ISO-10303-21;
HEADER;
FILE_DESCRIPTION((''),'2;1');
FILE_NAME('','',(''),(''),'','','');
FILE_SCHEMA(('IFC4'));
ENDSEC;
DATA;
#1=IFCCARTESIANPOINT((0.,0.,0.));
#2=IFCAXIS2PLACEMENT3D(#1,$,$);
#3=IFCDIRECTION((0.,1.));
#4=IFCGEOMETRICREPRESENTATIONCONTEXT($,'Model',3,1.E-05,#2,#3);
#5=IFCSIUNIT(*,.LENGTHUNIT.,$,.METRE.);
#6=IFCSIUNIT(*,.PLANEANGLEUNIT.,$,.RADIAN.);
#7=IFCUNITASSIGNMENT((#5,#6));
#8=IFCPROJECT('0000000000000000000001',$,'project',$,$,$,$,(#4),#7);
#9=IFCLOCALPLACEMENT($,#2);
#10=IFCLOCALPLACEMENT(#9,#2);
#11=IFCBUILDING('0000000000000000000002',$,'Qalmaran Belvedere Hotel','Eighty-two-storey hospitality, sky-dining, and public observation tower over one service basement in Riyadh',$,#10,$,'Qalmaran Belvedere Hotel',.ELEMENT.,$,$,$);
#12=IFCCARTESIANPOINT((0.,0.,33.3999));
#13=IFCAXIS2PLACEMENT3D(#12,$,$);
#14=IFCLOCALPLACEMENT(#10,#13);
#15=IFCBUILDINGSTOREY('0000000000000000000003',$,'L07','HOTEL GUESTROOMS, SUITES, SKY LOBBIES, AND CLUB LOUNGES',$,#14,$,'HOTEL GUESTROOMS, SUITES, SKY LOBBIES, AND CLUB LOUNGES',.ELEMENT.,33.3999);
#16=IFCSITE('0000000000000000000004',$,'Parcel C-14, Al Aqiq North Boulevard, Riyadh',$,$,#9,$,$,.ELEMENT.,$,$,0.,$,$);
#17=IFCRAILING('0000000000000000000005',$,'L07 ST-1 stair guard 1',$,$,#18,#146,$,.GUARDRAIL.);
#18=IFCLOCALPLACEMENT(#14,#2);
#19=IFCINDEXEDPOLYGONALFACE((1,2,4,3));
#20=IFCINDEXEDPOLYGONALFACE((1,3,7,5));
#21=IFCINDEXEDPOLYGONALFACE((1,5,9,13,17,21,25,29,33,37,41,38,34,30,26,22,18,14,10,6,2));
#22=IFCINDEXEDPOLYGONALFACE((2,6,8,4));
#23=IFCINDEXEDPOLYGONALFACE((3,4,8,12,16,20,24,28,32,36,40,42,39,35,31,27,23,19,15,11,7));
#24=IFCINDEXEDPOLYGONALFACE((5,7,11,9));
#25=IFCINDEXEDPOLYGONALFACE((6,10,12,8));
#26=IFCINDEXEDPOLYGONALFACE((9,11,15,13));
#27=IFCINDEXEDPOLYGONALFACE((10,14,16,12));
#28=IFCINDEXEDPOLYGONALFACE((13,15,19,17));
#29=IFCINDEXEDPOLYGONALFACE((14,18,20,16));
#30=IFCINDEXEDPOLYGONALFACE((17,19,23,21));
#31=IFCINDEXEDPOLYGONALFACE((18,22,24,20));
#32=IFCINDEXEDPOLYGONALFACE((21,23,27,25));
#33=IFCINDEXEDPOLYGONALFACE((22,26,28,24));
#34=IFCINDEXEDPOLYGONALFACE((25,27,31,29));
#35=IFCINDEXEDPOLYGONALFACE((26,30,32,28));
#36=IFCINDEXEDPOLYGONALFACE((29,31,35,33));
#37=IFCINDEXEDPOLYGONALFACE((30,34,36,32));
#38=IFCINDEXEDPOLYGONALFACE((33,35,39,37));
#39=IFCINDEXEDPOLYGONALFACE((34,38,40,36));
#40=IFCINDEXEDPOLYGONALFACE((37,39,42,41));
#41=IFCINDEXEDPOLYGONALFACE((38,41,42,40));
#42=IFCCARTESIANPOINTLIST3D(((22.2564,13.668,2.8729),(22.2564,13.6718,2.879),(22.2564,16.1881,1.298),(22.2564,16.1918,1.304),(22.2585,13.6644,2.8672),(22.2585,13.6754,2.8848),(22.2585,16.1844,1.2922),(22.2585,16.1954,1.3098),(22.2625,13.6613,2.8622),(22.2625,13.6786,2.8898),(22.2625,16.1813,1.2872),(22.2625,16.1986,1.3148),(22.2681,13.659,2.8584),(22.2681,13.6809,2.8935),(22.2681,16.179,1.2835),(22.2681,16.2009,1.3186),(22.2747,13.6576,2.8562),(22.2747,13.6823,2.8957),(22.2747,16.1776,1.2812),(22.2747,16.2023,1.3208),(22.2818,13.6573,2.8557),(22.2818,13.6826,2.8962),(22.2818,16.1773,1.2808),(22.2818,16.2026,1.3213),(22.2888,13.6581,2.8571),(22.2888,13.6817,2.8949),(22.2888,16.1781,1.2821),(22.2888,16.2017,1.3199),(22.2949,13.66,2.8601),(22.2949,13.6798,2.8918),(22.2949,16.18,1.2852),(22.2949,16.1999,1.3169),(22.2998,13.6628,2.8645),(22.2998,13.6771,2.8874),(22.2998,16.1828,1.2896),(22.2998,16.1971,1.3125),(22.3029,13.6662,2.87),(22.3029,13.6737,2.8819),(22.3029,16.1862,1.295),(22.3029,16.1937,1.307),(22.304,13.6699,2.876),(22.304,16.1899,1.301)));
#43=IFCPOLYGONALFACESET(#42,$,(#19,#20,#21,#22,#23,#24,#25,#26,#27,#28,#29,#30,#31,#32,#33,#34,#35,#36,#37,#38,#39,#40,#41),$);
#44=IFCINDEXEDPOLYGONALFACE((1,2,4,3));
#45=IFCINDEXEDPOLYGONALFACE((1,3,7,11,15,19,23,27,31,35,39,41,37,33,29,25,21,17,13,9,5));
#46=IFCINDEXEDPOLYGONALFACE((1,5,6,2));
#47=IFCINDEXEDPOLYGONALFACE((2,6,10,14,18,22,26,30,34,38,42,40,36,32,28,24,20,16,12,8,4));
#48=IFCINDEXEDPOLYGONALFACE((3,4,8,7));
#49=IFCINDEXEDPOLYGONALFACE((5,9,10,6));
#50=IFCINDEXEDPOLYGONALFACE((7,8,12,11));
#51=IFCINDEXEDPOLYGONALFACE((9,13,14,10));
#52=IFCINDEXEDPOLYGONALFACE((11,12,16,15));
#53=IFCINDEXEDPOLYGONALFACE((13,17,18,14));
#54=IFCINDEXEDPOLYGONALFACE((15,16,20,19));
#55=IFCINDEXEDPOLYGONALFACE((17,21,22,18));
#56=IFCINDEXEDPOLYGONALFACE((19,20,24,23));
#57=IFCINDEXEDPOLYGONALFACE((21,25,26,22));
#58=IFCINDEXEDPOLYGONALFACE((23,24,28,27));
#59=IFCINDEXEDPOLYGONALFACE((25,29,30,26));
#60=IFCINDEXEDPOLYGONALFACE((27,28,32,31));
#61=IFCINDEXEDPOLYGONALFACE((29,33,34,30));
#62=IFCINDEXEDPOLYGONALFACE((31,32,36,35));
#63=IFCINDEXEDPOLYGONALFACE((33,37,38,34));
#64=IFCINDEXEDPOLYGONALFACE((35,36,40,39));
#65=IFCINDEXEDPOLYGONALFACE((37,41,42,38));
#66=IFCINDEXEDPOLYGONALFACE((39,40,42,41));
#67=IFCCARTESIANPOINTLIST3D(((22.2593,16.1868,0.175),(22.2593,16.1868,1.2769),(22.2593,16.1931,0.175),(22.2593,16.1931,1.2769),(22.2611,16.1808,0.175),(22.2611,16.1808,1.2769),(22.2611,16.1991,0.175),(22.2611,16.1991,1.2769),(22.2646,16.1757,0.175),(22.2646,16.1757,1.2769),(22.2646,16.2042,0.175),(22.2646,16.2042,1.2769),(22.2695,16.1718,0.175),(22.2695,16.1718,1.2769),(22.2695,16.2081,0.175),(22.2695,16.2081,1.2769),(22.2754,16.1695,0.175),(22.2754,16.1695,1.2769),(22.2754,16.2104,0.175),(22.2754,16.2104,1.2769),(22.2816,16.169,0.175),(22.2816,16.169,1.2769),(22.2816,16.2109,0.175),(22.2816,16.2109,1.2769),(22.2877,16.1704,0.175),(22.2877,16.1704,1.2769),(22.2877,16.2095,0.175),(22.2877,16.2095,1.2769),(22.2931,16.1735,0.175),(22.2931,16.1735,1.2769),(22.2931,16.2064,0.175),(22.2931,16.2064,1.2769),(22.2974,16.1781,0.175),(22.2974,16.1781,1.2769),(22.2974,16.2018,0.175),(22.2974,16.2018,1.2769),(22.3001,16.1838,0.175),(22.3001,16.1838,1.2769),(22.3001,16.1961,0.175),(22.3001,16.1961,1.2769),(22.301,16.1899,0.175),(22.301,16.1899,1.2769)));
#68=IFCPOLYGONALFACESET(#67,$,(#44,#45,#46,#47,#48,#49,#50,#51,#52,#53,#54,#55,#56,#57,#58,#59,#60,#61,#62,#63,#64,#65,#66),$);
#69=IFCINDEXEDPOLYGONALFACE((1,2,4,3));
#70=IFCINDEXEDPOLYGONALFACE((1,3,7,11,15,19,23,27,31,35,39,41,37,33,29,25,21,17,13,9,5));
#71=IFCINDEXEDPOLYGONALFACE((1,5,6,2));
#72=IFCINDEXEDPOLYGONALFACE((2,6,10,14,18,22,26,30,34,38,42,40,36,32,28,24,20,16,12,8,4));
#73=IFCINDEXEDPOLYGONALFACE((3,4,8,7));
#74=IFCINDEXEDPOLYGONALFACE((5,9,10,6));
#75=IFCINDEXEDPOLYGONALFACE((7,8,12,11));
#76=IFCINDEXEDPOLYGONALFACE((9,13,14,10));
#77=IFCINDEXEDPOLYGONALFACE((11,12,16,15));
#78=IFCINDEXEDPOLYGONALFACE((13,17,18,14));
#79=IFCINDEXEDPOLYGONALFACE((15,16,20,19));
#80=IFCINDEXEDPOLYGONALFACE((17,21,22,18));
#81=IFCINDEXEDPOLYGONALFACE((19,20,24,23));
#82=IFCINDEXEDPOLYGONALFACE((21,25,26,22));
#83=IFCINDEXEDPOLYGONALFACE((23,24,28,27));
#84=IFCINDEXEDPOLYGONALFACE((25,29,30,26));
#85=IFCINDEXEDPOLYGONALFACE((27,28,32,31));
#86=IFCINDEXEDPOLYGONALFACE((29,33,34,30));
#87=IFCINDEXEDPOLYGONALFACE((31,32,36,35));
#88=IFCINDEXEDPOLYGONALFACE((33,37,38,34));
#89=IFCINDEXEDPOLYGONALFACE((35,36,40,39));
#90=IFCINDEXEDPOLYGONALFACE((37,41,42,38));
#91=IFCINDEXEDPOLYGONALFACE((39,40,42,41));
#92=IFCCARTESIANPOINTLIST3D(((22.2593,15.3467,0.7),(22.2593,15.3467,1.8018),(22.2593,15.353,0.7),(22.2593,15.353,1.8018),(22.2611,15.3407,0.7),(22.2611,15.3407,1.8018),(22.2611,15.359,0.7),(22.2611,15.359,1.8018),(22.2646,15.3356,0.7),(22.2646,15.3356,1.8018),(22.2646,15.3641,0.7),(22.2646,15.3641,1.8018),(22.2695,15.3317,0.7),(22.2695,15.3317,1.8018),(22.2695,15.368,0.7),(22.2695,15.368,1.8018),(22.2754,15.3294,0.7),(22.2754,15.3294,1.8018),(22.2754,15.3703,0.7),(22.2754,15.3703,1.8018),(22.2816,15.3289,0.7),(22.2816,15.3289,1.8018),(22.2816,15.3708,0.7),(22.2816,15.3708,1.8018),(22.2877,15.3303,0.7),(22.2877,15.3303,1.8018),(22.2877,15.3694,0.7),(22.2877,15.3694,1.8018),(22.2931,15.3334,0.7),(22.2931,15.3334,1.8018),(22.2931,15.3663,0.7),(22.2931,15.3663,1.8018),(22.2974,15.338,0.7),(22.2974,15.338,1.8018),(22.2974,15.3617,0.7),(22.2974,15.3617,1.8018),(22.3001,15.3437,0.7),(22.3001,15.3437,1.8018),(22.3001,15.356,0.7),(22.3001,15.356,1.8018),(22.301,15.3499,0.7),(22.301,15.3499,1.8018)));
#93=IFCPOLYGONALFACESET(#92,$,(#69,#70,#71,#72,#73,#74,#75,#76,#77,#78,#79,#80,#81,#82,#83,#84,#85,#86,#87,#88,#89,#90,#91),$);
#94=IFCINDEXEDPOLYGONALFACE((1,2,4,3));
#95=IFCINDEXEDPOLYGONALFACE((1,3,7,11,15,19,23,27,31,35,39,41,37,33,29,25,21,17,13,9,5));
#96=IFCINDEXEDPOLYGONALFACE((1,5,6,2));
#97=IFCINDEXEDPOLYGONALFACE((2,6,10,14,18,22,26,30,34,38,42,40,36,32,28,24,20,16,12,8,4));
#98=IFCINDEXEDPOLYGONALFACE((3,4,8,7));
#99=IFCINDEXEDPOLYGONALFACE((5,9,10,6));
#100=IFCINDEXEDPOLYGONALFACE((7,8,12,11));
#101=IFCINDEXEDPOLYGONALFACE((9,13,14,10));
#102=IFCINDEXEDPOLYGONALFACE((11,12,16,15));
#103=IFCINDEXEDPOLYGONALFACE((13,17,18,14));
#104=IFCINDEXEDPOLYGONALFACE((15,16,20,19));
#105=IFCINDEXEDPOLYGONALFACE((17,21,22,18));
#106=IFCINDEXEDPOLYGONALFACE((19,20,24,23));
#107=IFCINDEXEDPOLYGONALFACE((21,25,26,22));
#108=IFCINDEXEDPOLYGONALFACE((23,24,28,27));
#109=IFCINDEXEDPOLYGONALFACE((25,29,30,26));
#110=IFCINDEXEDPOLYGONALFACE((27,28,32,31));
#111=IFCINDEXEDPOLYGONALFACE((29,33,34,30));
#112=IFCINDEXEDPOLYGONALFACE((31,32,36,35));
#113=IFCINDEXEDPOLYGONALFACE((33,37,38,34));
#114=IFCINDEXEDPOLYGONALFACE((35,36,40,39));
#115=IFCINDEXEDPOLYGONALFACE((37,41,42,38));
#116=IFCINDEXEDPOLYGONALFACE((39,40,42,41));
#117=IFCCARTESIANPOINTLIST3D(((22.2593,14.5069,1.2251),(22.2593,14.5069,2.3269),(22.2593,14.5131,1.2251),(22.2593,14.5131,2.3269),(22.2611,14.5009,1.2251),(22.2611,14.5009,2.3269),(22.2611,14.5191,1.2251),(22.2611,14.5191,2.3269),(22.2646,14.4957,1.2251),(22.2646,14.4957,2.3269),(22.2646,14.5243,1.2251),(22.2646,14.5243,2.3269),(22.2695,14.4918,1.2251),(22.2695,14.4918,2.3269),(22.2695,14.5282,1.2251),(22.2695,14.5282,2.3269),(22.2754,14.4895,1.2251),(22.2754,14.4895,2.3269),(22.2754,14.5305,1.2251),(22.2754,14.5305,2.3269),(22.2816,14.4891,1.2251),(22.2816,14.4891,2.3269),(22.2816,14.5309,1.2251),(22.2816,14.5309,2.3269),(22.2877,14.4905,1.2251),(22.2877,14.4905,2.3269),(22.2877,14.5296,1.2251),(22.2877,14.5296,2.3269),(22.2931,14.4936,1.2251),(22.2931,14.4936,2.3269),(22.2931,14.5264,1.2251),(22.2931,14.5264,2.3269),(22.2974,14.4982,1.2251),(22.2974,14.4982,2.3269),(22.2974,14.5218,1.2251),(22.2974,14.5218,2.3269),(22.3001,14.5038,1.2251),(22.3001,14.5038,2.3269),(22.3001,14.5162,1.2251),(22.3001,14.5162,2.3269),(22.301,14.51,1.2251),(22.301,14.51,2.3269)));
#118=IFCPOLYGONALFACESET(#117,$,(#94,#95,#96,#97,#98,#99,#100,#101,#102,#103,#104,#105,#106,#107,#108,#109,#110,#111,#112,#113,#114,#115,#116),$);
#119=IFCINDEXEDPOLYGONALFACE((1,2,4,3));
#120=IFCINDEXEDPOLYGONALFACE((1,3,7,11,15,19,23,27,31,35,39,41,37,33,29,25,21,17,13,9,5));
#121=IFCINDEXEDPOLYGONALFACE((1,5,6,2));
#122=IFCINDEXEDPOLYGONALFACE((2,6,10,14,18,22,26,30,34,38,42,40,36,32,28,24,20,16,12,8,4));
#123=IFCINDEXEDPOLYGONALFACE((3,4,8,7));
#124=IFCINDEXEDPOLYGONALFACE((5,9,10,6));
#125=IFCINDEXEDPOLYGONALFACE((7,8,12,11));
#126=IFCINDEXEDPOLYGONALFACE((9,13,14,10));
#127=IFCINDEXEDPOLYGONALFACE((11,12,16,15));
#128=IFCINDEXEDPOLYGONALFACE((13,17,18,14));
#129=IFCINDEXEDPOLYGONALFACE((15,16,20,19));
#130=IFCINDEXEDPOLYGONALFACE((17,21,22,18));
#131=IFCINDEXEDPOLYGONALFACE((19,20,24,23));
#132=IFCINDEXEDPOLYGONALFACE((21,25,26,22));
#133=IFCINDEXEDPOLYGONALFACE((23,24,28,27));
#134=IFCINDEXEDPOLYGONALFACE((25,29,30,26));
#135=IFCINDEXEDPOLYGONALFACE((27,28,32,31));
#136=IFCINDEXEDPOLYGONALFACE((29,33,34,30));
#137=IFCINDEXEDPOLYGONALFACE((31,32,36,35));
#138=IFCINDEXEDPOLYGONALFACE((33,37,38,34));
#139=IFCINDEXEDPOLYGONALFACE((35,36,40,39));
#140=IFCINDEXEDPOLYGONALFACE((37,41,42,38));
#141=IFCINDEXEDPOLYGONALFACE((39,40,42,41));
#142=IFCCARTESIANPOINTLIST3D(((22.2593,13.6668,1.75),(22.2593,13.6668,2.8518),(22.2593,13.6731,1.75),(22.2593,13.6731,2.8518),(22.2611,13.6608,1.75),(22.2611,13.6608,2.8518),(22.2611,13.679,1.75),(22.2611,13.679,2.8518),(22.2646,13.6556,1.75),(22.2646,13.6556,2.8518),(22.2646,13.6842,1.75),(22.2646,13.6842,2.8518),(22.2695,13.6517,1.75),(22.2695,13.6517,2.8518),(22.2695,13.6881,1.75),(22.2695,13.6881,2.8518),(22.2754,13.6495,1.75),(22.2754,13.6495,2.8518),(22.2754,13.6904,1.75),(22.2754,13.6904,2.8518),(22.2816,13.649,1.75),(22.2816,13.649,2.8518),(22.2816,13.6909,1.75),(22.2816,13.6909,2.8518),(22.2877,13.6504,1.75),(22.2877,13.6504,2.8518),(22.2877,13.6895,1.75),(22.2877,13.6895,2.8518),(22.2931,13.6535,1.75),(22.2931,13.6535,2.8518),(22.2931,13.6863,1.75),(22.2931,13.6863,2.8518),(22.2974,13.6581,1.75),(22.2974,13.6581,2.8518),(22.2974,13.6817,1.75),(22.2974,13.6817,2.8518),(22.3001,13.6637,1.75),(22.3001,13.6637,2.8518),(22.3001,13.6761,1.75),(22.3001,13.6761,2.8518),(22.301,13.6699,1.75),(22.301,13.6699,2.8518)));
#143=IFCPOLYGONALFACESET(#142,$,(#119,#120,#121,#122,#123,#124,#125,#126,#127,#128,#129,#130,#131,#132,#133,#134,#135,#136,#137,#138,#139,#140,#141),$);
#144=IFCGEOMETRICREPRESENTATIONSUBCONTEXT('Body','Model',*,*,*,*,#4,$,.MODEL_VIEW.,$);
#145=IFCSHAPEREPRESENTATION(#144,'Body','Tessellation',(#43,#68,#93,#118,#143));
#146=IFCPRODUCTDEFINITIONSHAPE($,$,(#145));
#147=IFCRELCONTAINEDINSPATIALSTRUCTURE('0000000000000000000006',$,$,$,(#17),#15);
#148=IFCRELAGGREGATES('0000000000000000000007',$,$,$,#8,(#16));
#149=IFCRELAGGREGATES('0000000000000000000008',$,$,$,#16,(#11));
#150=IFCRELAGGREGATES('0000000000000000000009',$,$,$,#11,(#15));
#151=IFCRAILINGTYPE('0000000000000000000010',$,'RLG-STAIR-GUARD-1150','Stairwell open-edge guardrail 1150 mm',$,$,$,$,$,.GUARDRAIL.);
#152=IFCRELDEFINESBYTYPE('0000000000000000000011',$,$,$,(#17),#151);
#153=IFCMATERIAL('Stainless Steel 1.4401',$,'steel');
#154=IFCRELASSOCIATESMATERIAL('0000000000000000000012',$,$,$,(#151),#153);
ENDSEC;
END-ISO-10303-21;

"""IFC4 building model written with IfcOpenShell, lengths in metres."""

from ifc_helpers import new_model, si_unit, direction, frame, origin, origin_2d, place, context, subcontext, project, spatial, circle, extrude, material, type_object, element, save


model = new_model("IFC4")

# Units and contexts
model_context = context("Model", 3, precision=1e-05, world=origin(), true_north=direction((0.0, 1.0)))
body_context = subcontext(model_context, "Body", "Model", "MODEL_VIEW")
ifc_project = project(units=[si_unit("LENGTHUNIT", "METRE"), si_unit("PLANEANGLEUNIT", "RADIAN")], contexts=[model_context])

# Site, building, storey
site_placement = place(None, origin())
site = spatial("IfcSite", under=ifc_project, at=site_placement, Name="Parcel C-14, Al Aqiq North Boulevard, Riyadh", CompositionType="ELEMENT", RefElevation=0.0)
building_placement = place(site_placement, origin())
building = spatial("IfcBuilding", under=site, at=building_placement, Name="Qalmaran Belvedere Hotel", Description="Eighty-two-storey hospitality, sky-dining, and public observation tower over one service basement in Riyadh", LongName="Qalmaran Belvedere Hotel", CompositionType="ELEMENT")
storey_placement = place(building_placement, frame((0.0, 0.0, 33.3999)))
storey = spatial("IfcBuildingStorey", under=building, at=storey_placement, Name="L07", Description="HOTEL GUESTROOMS, SUITES, SKY LOBBIES, AND CLUB LOUNGES", LongName="HOTEL GUESTROOMS, SUITES, SKY LOBBIES, AND CLUB LOUNGES", CompositionType="ELEMENT", Elevation=33.3999)

# Railing
ifc_material_1 = material(Name="Stainless Steel 1.4401", Category="steel")
railing_type_1 = type_object("IfcRailingType", Name="RLG-STAIR-GUARD-1150", Description="Stairwell open-edge guardrail 1150 mm", PredefinedType="GUARDRAIL", material=ifc_material_1)
railing_1_placement = place(storey_placement, frame((22.28, 16.1899, 0.175)))
element("IfcRailing", 1, at=railing_1_placement, inside=storey, type_object=railing_type_1, Name="L07 ST-1 stair guard 1", PredefinedType="GUARDRAIL", context=body_context, shape_type="SweptSolid", body=[
    extrude(circle(Radius=0.0239, at=origin_2d()), frame((0.0, 0.0, 1.126), z_axis=(0.0, -0.848008, 0.529984), x_axis=(1.0, 0.0, 0.0)), (0.0, 0.0, 1.0), 2.9717),
    extrude(circle(Radius=0.021, at=origin_2d()), origin(), (0.0, 0.0, 1.0), 1.1018),
    extrude(circle(Radius=0.021, at=origin_2d()), frame((0.0, -0.8401, 0.5249)), (0.0, 0.0, 1.0), 1.1018),
    extrude(circle(Radius=0.021, at=origin_2d()), frame((0.0, -1.6799, 1.05)), (0.0, 0.0, 1.0), 1.1018),
    extrude(circle(Radius=0.021, at=origin_2d()), frame((0.0, -2.52, 1.575)), (0.0, 0.0, 1.0), 1.1018),
])

save(model, "model.ifc")
